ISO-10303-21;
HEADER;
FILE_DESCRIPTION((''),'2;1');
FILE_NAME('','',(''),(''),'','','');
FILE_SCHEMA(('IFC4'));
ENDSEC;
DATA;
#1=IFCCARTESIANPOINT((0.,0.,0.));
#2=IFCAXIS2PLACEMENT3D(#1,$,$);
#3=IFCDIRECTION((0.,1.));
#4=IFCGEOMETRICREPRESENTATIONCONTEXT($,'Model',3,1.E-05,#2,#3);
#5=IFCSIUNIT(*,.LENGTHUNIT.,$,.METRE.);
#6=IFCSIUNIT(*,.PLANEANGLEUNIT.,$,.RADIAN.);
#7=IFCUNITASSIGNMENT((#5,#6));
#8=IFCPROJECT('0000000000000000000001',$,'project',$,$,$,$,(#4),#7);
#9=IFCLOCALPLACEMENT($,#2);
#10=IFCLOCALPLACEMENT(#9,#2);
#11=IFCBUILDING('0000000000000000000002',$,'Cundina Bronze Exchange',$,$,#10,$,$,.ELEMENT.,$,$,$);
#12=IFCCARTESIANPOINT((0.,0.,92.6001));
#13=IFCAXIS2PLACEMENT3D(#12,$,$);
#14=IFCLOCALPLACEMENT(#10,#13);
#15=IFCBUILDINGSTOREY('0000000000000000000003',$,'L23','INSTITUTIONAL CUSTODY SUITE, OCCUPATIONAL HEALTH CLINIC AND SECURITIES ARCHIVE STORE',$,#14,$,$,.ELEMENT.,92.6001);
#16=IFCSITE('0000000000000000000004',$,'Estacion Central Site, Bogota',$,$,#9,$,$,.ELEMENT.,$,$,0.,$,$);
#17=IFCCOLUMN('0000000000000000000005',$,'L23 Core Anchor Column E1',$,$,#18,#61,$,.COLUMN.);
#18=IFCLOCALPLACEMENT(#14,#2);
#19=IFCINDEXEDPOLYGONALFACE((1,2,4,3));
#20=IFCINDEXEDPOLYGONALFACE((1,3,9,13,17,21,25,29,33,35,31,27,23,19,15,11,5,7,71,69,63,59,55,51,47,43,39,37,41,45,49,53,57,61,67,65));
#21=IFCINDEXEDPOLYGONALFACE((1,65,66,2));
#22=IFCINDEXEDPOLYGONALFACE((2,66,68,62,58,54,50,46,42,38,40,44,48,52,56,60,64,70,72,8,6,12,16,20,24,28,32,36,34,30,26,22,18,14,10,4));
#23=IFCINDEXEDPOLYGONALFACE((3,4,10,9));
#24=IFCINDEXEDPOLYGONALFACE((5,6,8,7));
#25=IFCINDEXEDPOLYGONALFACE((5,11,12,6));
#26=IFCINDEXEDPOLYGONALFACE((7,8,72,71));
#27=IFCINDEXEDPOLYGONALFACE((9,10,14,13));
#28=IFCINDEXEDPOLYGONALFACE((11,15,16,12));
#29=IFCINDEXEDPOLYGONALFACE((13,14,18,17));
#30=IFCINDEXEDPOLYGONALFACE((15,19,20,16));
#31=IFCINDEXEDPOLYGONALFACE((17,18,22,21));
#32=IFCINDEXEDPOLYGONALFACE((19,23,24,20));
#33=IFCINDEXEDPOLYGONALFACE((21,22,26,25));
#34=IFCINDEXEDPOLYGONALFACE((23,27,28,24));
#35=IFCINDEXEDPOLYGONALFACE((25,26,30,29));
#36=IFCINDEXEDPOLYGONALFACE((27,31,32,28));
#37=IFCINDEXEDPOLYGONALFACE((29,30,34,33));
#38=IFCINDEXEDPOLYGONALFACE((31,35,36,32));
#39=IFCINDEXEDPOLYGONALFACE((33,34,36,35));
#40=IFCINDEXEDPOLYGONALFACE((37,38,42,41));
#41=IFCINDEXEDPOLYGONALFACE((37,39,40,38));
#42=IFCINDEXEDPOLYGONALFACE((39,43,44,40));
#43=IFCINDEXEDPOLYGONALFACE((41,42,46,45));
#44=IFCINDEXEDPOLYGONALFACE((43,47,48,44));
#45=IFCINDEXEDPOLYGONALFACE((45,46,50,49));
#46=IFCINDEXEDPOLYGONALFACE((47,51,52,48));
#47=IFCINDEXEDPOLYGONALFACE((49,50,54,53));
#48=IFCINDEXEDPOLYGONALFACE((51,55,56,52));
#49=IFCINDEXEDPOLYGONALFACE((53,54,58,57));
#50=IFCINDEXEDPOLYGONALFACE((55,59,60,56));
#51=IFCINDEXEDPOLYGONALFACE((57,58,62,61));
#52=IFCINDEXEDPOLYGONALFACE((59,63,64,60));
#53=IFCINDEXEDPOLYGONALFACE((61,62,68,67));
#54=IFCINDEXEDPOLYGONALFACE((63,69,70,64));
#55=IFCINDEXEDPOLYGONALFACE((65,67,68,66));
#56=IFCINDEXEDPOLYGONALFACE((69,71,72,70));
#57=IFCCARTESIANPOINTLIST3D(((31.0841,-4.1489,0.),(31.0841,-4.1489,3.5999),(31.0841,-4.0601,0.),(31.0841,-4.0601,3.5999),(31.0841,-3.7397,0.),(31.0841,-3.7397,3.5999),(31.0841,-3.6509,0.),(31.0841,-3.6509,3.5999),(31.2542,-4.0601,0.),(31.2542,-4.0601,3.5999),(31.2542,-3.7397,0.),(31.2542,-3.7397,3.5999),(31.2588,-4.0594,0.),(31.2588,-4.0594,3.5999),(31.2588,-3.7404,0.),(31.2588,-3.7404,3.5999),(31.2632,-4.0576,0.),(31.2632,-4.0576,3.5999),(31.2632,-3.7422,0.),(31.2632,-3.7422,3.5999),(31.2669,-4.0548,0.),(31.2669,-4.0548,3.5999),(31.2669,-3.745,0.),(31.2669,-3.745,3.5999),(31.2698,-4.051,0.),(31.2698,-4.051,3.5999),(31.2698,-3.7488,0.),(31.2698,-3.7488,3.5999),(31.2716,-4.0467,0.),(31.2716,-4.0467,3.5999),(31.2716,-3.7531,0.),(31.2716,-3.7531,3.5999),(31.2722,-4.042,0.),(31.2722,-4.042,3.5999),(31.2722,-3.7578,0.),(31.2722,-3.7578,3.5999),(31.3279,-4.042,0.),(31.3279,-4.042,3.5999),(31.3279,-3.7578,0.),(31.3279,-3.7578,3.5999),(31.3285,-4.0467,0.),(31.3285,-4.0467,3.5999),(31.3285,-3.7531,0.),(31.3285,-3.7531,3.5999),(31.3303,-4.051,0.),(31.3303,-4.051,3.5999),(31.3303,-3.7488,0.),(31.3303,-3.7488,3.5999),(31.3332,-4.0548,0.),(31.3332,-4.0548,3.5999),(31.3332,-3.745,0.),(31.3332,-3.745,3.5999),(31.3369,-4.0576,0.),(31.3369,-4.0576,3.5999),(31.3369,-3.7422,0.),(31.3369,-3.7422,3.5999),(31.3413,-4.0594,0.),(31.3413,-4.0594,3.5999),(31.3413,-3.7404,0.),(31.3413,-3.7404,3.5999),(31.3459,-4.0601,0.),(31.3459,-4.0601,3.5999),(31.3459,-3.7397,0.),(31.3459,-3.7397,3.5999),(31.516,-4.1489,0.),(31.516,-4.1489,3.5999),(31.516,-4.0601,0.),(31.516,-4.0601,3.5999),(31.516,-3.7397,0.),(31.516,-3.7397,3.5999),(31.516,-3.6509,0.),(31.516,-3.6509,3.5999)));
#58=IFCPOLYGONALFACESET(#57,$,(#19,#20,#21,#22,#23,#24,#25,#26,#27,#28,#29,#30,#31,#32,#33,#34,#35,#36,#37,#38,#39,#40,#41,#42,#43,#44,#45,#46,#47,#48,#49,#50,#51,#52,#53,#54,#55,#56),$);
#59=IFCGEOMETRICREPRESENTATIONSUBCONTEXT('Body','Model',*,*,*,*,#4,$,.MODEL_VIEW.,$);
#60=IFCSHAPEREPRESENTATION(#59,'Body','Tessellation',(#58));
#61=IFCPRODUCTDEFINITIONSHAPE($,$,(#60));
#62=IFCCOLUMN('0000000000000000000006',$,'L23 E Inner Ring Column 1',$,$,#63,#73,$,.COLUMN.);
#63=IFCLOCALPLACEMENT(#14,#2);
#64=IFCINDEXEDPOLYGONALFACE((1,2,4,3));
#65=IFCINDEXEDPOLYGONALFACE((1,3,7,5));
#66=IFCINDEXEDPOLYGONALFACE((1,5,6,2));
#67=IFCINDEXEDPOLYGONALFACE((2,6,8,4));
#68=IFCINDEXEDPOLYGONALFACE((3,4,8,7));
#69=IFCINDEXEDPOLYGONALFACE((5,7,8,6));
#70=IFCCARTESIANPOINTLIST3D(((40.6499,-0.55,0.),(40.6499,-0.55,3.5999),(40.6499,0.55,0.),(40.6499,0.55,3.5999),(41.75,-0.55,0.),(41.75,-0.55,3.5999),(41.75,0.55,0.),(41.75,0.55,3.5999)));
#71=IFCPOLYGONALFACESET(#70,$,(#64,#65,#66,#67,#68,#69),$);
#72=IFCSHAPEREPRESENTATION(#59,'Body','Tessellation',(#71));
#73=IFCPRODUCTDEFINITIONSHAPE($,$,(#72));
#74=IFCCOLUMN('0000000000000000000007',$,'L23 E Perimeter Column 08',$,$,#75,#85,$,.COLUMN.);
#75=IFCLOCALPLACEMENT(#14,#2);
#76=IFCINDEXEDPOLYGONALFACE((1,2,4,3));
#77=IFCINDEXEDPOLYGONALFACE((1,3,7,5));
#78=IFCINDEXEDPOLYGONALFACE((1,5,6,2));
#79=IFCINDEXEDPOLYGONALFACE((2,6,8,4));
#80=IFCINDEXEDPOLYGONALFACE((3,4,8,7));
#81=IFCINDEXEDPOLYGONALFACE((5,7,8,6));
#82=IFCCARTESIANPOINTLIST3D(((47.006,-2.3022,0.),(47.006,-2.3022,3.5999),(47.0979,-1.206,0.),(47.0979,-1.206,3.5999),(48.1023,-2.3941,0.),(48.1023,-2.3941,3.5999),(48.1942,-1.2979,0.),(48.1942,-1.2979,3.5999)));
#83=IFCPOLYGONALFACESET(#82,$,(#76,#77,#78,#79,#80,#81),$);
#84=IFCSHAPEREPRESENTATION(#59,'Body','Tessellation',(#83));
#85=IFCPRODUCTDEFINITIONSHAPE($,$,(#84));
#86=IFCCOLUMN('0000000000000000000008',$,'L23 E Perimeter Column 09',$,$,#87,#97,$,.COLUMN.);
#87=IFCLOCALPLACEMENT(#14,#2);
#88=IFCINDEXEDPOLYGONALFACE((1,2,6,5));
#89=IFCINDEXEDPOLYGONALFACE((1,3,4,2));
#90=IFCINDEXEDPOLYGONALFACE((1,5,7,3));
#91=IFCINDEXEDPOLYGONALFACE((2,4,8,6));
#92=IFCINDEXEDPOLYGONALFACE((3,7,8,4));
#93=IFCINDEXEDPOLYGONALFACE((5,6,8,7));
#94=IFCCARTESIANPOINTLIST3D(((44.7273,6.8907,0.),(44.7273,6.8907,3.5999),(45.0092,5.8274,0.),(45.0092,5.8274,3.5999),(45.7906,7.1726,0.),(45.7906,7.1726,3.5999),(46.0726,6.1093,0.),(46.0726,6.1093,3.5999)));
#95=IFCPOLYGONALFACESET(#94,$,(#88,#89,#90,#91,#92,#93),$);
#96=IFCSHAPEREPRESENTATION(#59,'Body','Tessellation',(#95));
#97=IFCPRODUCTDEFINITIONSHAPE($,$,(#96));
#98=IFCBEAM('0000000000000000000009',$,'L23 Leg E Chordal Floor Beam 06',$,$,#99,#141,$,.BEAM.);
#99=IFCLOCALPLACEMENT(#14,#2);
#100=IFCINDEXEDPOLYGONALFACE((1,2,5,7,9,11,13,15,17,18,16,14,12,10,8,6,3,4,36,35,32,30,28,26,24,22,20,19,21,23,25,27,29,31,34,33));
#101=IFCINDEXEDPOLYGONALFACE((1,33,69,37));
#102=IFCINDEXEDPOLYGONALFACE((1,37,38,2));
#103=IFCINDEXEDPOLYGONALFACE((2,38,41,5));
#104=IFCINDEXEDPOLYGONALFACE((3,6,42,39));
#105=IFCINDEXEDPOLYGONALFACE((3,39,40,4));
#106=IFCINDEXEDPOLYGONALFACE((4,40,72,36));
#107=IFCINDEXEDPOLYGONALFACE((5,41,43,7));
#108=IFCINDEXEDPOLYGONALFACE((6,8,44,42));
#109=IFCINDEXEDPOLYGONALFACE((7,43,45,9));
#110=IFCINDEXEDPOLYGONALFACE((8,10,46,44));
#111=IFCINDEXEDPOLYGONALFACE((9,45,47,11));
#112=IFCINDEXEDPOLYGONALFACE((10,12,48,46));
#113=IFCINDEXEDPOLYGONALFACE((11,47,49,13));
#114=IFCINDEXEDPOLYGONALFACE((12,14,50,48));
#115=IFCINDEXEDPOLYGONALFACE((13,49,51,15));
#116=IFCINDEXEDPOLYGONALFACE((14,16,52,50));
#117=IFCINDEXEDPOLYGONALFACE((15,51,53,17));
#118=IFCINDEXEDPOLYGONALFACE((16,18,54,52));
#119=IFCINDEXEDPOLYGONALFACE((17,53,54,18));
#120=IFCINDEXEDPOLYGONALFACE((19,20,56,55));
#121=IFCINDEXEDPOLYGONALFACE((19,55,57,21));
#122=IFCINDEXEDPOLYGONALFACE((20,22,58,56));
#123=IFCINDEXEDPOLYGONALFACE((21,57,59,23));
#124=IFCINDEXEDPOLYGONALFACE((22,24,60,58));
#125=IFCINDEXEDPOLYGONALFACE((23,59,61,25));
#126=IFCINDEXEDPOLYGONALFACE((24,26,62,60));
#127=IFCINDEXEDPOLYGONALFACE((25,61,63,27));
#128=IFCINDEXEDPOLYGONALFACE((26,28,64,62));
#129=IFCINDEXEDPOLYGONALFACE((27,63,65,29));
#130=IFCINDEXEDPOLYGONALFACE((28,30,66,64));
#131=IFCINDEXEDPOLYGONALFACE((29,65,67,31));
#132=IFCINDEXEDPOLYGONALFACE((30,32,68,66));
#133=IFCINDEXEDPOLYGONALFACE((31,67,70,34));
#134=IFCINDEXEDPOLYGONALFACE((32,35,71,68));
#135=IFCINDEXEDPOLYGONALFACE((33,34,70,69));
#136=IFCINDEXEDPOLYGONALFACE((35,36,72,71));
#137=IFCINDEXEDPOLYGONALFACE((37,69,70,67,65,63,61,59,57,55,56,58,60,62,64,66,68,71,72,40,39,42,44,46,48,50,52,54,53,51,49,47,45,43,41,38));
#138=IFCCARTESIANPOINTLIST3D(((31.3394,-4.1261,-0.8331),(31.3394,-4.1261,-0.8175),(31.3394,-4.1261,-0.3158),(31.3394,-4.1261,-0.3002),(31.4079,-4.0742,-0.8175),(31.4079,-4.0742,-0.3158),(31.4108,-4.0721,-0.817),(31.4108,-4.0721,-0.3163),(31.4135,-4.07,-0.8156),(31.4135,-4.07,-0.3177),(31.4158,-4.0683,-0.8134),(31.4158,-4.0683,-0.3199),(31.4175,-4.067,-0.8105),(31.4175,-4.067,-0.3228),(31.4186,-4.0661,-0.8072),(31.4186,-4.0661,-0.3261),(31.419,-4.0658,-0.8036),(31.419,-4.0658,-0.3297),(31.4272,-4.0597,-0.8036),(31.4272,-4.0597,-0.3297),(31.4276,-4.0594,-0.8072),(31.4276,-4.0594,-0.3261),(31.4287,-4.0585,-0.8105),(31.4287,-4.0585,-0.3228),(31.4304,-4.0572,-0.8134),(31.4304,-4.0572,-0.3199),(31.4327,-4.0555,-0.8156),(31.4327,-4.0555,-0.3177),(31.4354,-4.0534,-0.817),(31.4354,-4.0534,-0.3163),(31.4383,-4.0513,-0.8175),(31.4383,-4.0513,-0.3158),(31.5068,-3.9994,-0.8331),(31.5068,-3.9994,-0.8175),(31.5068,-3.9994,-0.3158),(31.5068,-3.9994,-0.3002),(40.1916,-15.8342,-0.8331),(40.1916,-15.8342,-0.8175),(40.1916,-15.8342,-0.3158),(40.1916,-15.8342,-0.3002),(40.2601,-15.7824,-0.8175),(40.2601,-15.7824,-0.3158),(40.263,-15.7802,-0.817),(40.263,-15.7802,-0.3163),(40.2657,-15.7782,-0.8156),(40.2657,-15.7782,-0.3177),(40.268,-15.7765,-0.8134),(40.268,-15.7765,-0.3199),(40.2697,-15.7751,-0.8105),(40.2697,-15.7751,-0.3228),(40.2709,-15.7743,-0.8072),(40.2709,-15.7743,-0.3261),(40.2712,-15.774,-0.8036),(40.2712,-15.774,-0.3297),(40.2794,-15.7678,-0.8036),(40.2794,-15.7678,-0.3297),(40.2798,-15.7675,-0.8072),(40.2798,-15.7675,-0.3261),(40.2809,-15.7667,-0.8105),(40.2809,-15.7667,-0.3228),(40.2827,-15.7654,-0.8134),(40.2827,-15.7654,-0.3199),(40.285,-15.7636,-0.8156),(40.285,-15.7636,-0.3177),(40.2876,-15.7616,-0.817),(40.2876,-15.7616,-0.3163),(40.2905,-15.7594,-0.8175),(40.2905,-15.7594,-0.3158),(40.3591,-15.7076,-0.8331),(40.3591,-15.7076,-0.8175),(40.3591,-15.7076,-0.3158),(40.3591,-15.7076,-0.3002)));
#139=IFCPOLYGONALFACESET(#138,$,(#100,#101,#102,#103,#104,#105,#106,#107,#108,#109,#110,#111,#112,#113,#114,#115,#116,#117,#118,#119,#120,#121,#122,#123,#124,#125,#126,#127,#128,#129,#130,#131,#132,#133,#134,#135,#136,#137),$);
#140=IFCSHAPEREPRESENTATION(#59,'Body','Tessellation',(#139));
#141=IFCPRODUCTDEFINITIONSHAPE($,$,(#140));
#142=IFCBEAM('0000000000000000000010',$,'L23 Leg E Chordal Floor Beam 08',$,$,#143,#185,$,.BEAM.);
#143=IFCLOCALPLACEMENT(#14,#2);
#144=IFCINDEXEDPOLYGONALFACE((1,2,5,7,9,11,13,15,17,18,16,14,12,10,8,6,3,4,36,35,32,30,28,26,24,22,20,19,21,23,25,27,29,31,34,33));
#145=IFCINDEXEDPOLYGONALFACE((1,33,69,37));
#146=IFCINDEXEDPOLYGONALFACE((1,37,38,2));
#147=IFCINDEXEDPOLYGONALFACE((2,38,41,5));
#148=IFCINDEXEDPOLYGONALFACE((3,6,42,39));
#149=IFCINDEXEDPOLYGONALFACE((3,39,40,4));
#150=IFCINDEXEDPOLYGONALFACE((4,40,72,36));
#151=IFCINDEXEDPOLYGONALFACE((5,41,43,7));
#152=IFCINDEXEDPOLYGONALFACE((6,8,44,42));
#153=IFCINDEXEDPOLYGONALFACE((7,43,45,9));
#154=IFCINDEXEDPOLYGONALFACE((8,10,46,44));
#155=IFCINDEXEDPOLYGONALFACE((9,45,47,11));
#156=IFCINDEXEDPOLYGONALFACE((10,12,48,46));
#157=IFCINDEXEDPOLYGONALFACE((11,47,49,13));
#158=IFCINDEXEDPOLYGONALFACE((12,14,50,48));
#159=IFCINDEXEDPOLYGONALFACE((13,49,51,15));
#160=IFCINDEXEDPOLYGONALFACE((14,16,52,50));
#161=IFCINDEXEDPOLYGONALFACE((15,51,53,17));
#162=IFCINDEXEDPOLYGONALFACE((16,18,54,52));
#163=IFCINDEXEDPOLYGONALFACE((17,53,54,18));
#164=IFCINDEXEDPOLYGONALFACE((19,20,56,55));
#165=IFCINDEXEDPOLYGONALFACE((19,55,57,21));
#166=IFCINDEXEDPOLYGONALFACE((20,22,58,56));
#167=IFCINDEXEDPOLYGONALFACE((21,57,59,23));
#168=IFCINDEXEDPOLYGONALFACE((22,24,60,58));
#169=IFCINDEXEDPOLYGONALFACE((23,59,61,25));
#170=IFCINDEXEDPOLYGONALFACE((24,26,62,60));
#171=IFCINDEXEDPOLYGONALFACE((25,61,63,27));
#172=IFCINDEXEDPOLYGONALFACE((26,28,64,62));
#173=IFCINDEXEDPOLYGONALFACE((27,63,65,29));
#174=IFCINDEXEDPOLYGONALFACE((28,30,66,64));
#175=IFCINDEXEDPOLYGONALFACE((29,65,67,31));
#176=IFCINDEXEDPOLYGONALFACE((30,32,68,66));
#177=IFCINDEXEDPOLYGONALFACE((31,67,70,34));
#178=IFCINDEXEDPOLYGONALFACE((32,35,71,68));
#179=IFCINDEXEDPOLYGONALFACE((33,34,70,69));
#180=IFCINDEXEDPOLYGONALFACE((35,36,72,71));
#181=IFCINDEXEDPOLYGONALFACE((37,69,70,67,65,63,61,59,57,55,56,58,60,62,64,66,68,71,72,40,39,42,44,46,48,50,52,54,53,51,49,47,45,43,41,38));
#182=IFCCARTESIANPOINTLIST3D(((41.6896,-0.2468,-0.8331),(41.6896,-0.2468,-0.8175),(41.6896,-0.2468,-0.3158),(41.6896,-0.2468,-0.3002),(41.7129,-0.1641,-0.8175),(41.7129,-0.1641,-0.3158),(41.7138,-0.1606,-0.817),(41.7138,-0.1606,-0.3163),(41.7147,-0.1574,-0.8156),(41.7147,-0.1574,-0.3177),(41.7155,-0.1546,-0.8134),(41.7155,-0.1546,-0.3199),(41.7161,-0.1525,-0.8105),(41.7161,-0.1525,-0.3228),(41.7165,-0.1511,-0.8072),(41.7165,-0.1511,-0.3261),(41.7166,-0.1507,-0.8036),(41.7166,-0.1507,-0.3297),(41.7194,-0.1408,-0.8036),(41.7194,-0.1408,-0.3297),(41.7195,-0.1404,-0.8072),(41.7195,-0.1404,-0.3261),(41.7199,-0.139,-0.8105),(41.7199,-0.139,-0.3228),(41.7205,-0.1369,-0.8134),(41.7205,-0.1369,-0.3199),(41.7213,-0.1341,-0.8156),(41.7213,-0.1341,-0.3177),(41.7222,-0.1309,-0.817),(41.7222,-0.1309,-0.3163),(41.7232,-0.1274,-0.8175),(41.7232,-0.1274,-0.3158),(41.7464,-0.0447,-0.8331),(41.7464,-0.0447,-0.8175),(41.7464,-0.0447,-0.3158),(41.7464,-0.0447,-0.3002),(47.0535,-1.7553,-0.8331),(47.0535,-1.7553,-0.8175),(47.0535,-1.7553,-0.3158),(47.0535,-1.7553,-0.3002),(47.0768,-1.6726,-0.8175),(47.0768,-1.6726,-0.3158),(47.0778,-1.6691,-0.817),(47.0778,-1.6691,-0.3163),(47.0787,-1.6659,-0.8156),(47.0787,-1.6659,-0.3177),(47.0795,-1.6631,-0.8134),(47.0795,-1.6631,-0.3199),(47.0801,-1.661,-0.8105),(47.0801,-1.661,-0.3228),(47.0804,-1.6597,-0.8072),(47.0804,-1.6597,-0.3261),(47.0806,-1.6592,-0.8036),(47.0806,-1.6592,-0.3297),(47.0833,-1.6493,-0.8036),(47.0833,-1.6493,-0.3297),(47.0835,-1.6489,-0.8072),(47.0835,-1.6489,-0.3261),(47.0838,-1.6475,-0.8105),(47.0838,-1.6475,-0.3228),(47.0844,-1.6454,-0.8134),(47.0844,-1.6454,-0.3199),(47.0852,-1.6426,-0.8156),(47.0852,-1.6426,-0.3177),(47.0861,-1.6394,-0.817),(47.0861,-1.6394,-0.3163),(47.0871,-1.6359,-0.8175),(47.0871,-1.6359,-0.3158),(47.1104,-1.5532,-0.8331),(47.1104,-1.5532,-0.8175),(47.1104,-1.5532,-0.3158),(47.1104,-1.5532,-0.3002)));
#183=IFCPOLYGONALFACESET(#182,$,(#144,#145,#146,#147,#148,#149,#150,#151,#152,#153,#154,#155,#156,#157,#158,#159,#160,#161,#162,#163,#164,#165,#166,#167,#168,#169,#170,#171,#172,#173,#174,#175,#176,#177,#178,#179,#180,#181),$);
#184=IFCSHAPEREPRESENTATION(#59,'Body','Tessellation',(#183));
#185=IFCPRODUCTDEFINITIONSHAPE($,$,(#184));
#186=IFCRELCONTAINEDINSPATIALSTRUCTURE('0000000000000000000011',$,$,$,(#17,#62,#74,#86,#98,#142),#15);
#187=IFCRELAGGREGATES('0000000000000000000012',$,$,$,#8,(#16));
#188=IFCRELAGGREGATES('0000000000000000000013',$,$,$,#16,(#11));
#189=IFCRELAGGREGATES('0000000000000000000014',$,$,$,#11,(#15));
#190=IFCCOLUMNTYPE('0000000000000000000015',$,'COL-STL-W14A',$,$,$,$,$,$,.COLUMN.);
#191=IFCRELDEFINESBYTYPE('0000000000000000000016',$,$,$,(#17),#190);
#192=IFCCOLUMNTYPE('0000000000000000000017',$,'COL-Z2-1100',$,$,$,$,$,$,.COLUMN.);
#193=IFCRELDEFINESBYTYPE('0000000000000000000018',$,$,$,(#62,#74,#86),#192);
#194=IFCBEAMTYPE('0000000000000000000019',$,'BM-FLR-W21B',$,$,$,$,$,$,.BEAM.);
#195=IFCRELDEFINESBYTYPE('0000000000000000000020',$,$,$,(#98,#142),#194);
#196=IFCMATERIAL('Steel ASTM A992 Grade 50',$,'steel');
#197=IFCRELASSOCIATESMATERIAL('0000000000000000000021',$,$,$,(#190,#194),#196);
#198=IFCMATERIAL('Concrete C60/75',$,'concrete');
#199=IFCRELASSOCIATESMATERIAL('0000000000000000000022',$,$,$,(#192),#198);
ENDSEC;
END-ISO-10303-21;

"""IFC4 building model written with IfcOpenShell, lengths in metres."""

from ifc_helpers import new_model, si_unit, direction, frame, origin, origin_2d, place, context, subcontext, project, spatial, rectangle, i_section, extrude, material, material_profile, profile_set, type_object, element, save


model = new_model("IFC4")

# Units and contexts
model_context = context("Model", 3, precision=1e-05, world=origin(), true_north=direction((0.0, 1.0)))
body_context = subcontext(model_context, "Body", "Model", "MODEL_VIEW")
ifc_project = project(units=[si_unit("LENGTHUNIT", "METRE"), si_unit("PLANEANGLEUNIT", "RADIAN")], contexts=[model_context])

# Site, building, storey
site_placement = place(None, origin())
site = spatial("IfcSite", under=ifc_project, at=site_placement, Name="Estacion Central Site, Bogota", CompositionType="ELEMENT", RefElevation=0.0)
building_placement = place(site_placement, origin())
building = spatial("IfcBuilding", under=site, at=building_placement, Name="Cundina Bronze Exchange", CompositionType="ELEMENT")
storey_placement = place(building_placement, frame((0.0, 0.0, 92.6001)))
storey = spatial("IfcBuildingStorey", under=building, at=storey_placement, Name="L23", Description="INSTITUTIONAL CUSTODY SUITE, OCCUPATIONAL HEALTH CLINIC AND SECURITIES ARCHIVE STORE", CompositionType="ELEMENT", Elevation=92.6001)

# Columns
ifc_material_1 = material(Name="Steel ASTM A992 Grade 50", Category="steel")
ifc_material_profile_1 = material_profile(ifc_material_1, i_section(OverallWidth=0.4319, OverallDepth=0.498, WebThickness=0.0557, FlangeThickness=0.0889, FilletRadius=0.0181, at=origin_2d()), Name="W14X500", Category="steel")
ifc_profile_set_1 = profile_set([ifc_material_profile_1], Name="Steel ASTM A992 Grade 50")
column_type_1 = type_object("IfcColumnType", Name="COL-STL-W14A", PredefinedType="COLUMN", material=ifc_profile_set_1)
column_placement = place(storey_placement, frame((31.3, -3.8999, 0.0), z_axis=(0.0, 0.0, 1.0), x_axis=(1.0, 0.0, 0.0)))
element("IfcColumn", 1, at=column_placement, inside=storey, type_object=column_type_1, Name="L23 Core Anchor Column E1", PredefinedType="COLUMN", context=body_context, shape_type="SweptSolid", body=[
    extrude(i_section(OverallWidth=0.4319, OverallDepth=0.498, WebThickness=0.0557, FlangeThickness=0.0889, FilletRadius=0.0181, at=origin_2d()), origin(), (0.0, 0.0, 1.0), 3.5999),
])
ifc_material_2 = material(Name="Concrete C60/75", Category="concrete")
ifc_material_profile_2 = material_profile(ifc_material_2, rectangle(XDim=1.1001, YDim=1.1001, at=origin_2d()), Name="RC1100X1100", Category="concrete")
ifc_profile_set_2 = profile_set([ifc_material_profile_2], Name="Concrete C60/75")
column_type_2 = type_object("IfcColumnType", Name="COL-Z2-1100", PredefinedType="COLUMN", material=ifc_profile_set_2)
for number, where, z_axis, x_axis, name in (
    (2, (41.2, 0.0, 0.0), (0.0, 0.0, 1.0), (1.0, 0.0, 0.0), "L23 E Inner Ring Column 1"),
    (3, (47.6001, -1.8, 0.0), (0.0, 0.0, 1.0), (0.083504, 0.996507, 0.0), "L23 E Perimeter Column 08"),
    (4, (45.3999, 6.5, 0.0), (0.0, 0.0, 1.0), (-0.256289, 0.9666, 0.0), "L23 E Perimeter Column 09"),
):
    element("IfcColumn", number, at=place(storey_placement, frame(where, z_axis=z_axis, x_axis=x_axis)), inside=storey, type_object=column_type_2, Name=name, PredefinedType="COLUMN", context=body_context, shape_type="SweptSolid", body=[
        extrude(rectangle(XDim=1.1001, YDim=1.1001, at=origin_2d()), origin(), (0.0, 0.0, 1.0), 3.5999),
    ])

# Beams
ifc_material_profile_3 = material_profile(ifc_material_1, i_section(OverallWidth=0.21, OverallDepth=0.533, WebThickness=0.0103, FlangeThickness=0.0156, FilletRadius=0.0139, at=origin_2d()), Name="W21X62", Category="steel")
ifc_profile_set_3 = profile_set([ifc_material_profile_3], Name="Steel ASTM A992 Grade 50")
beam_type_1 = type_object("IfcBeamType", Name="BM-FLR-W21B", PredefinedType="BEAM", material=ifc_profile_set_3)
beam_1_placement = place(storey_placement, frame((31.4231, -4.0627, -0.5667), z_axis=(0.603096, -0.797669, 0.0), x_axis=(0.797669, 0.603096, 0.0)))
element("IfcBeam", 5, at=beam_1_placement, inside=storey, type_object=beam_type_1, Name="L23 Leg E Chordal Floor Beam 06", PredefinedType="BEAM", context=body_context, shape_type="SweptSolid", body=[
    extrude(i_section(OverallWidth=0.21, OverallDepth=0.533, WebThickness=0.0103, FlangeThickness=0.0156, FilletRadius=0.0139, at=origin_2d()), origin(), (0.0, 0.0, 1.0), 14.678),
])
beam_2_placement = place(storey_placement, frame((41.718, -0.1458, -0.5667), z_axis=(0.962655, -0.270732, 0.0), x_axis=(0.270732, 0.962655, 0.0)))
element("IfcBeam", 6, at=beam_2_placement, inside=storey, type_object=beam_type_1, Name="L23 Leg E Chordal Floor Beam 08", PredefinedType="BEAM", context=body_context, shape_type="SweptSolid", body=[
    extrude(i_section(OverallWidth=0.21, OverallDepth=0.533, WebThickness=0.0103, FlangeThickness=0.0156, FilletRadius=0.0139, at=origin_2d()), origin(), (0.0, 0.0, 1.0), 5.572),
])

save(model, "model.ifc")
